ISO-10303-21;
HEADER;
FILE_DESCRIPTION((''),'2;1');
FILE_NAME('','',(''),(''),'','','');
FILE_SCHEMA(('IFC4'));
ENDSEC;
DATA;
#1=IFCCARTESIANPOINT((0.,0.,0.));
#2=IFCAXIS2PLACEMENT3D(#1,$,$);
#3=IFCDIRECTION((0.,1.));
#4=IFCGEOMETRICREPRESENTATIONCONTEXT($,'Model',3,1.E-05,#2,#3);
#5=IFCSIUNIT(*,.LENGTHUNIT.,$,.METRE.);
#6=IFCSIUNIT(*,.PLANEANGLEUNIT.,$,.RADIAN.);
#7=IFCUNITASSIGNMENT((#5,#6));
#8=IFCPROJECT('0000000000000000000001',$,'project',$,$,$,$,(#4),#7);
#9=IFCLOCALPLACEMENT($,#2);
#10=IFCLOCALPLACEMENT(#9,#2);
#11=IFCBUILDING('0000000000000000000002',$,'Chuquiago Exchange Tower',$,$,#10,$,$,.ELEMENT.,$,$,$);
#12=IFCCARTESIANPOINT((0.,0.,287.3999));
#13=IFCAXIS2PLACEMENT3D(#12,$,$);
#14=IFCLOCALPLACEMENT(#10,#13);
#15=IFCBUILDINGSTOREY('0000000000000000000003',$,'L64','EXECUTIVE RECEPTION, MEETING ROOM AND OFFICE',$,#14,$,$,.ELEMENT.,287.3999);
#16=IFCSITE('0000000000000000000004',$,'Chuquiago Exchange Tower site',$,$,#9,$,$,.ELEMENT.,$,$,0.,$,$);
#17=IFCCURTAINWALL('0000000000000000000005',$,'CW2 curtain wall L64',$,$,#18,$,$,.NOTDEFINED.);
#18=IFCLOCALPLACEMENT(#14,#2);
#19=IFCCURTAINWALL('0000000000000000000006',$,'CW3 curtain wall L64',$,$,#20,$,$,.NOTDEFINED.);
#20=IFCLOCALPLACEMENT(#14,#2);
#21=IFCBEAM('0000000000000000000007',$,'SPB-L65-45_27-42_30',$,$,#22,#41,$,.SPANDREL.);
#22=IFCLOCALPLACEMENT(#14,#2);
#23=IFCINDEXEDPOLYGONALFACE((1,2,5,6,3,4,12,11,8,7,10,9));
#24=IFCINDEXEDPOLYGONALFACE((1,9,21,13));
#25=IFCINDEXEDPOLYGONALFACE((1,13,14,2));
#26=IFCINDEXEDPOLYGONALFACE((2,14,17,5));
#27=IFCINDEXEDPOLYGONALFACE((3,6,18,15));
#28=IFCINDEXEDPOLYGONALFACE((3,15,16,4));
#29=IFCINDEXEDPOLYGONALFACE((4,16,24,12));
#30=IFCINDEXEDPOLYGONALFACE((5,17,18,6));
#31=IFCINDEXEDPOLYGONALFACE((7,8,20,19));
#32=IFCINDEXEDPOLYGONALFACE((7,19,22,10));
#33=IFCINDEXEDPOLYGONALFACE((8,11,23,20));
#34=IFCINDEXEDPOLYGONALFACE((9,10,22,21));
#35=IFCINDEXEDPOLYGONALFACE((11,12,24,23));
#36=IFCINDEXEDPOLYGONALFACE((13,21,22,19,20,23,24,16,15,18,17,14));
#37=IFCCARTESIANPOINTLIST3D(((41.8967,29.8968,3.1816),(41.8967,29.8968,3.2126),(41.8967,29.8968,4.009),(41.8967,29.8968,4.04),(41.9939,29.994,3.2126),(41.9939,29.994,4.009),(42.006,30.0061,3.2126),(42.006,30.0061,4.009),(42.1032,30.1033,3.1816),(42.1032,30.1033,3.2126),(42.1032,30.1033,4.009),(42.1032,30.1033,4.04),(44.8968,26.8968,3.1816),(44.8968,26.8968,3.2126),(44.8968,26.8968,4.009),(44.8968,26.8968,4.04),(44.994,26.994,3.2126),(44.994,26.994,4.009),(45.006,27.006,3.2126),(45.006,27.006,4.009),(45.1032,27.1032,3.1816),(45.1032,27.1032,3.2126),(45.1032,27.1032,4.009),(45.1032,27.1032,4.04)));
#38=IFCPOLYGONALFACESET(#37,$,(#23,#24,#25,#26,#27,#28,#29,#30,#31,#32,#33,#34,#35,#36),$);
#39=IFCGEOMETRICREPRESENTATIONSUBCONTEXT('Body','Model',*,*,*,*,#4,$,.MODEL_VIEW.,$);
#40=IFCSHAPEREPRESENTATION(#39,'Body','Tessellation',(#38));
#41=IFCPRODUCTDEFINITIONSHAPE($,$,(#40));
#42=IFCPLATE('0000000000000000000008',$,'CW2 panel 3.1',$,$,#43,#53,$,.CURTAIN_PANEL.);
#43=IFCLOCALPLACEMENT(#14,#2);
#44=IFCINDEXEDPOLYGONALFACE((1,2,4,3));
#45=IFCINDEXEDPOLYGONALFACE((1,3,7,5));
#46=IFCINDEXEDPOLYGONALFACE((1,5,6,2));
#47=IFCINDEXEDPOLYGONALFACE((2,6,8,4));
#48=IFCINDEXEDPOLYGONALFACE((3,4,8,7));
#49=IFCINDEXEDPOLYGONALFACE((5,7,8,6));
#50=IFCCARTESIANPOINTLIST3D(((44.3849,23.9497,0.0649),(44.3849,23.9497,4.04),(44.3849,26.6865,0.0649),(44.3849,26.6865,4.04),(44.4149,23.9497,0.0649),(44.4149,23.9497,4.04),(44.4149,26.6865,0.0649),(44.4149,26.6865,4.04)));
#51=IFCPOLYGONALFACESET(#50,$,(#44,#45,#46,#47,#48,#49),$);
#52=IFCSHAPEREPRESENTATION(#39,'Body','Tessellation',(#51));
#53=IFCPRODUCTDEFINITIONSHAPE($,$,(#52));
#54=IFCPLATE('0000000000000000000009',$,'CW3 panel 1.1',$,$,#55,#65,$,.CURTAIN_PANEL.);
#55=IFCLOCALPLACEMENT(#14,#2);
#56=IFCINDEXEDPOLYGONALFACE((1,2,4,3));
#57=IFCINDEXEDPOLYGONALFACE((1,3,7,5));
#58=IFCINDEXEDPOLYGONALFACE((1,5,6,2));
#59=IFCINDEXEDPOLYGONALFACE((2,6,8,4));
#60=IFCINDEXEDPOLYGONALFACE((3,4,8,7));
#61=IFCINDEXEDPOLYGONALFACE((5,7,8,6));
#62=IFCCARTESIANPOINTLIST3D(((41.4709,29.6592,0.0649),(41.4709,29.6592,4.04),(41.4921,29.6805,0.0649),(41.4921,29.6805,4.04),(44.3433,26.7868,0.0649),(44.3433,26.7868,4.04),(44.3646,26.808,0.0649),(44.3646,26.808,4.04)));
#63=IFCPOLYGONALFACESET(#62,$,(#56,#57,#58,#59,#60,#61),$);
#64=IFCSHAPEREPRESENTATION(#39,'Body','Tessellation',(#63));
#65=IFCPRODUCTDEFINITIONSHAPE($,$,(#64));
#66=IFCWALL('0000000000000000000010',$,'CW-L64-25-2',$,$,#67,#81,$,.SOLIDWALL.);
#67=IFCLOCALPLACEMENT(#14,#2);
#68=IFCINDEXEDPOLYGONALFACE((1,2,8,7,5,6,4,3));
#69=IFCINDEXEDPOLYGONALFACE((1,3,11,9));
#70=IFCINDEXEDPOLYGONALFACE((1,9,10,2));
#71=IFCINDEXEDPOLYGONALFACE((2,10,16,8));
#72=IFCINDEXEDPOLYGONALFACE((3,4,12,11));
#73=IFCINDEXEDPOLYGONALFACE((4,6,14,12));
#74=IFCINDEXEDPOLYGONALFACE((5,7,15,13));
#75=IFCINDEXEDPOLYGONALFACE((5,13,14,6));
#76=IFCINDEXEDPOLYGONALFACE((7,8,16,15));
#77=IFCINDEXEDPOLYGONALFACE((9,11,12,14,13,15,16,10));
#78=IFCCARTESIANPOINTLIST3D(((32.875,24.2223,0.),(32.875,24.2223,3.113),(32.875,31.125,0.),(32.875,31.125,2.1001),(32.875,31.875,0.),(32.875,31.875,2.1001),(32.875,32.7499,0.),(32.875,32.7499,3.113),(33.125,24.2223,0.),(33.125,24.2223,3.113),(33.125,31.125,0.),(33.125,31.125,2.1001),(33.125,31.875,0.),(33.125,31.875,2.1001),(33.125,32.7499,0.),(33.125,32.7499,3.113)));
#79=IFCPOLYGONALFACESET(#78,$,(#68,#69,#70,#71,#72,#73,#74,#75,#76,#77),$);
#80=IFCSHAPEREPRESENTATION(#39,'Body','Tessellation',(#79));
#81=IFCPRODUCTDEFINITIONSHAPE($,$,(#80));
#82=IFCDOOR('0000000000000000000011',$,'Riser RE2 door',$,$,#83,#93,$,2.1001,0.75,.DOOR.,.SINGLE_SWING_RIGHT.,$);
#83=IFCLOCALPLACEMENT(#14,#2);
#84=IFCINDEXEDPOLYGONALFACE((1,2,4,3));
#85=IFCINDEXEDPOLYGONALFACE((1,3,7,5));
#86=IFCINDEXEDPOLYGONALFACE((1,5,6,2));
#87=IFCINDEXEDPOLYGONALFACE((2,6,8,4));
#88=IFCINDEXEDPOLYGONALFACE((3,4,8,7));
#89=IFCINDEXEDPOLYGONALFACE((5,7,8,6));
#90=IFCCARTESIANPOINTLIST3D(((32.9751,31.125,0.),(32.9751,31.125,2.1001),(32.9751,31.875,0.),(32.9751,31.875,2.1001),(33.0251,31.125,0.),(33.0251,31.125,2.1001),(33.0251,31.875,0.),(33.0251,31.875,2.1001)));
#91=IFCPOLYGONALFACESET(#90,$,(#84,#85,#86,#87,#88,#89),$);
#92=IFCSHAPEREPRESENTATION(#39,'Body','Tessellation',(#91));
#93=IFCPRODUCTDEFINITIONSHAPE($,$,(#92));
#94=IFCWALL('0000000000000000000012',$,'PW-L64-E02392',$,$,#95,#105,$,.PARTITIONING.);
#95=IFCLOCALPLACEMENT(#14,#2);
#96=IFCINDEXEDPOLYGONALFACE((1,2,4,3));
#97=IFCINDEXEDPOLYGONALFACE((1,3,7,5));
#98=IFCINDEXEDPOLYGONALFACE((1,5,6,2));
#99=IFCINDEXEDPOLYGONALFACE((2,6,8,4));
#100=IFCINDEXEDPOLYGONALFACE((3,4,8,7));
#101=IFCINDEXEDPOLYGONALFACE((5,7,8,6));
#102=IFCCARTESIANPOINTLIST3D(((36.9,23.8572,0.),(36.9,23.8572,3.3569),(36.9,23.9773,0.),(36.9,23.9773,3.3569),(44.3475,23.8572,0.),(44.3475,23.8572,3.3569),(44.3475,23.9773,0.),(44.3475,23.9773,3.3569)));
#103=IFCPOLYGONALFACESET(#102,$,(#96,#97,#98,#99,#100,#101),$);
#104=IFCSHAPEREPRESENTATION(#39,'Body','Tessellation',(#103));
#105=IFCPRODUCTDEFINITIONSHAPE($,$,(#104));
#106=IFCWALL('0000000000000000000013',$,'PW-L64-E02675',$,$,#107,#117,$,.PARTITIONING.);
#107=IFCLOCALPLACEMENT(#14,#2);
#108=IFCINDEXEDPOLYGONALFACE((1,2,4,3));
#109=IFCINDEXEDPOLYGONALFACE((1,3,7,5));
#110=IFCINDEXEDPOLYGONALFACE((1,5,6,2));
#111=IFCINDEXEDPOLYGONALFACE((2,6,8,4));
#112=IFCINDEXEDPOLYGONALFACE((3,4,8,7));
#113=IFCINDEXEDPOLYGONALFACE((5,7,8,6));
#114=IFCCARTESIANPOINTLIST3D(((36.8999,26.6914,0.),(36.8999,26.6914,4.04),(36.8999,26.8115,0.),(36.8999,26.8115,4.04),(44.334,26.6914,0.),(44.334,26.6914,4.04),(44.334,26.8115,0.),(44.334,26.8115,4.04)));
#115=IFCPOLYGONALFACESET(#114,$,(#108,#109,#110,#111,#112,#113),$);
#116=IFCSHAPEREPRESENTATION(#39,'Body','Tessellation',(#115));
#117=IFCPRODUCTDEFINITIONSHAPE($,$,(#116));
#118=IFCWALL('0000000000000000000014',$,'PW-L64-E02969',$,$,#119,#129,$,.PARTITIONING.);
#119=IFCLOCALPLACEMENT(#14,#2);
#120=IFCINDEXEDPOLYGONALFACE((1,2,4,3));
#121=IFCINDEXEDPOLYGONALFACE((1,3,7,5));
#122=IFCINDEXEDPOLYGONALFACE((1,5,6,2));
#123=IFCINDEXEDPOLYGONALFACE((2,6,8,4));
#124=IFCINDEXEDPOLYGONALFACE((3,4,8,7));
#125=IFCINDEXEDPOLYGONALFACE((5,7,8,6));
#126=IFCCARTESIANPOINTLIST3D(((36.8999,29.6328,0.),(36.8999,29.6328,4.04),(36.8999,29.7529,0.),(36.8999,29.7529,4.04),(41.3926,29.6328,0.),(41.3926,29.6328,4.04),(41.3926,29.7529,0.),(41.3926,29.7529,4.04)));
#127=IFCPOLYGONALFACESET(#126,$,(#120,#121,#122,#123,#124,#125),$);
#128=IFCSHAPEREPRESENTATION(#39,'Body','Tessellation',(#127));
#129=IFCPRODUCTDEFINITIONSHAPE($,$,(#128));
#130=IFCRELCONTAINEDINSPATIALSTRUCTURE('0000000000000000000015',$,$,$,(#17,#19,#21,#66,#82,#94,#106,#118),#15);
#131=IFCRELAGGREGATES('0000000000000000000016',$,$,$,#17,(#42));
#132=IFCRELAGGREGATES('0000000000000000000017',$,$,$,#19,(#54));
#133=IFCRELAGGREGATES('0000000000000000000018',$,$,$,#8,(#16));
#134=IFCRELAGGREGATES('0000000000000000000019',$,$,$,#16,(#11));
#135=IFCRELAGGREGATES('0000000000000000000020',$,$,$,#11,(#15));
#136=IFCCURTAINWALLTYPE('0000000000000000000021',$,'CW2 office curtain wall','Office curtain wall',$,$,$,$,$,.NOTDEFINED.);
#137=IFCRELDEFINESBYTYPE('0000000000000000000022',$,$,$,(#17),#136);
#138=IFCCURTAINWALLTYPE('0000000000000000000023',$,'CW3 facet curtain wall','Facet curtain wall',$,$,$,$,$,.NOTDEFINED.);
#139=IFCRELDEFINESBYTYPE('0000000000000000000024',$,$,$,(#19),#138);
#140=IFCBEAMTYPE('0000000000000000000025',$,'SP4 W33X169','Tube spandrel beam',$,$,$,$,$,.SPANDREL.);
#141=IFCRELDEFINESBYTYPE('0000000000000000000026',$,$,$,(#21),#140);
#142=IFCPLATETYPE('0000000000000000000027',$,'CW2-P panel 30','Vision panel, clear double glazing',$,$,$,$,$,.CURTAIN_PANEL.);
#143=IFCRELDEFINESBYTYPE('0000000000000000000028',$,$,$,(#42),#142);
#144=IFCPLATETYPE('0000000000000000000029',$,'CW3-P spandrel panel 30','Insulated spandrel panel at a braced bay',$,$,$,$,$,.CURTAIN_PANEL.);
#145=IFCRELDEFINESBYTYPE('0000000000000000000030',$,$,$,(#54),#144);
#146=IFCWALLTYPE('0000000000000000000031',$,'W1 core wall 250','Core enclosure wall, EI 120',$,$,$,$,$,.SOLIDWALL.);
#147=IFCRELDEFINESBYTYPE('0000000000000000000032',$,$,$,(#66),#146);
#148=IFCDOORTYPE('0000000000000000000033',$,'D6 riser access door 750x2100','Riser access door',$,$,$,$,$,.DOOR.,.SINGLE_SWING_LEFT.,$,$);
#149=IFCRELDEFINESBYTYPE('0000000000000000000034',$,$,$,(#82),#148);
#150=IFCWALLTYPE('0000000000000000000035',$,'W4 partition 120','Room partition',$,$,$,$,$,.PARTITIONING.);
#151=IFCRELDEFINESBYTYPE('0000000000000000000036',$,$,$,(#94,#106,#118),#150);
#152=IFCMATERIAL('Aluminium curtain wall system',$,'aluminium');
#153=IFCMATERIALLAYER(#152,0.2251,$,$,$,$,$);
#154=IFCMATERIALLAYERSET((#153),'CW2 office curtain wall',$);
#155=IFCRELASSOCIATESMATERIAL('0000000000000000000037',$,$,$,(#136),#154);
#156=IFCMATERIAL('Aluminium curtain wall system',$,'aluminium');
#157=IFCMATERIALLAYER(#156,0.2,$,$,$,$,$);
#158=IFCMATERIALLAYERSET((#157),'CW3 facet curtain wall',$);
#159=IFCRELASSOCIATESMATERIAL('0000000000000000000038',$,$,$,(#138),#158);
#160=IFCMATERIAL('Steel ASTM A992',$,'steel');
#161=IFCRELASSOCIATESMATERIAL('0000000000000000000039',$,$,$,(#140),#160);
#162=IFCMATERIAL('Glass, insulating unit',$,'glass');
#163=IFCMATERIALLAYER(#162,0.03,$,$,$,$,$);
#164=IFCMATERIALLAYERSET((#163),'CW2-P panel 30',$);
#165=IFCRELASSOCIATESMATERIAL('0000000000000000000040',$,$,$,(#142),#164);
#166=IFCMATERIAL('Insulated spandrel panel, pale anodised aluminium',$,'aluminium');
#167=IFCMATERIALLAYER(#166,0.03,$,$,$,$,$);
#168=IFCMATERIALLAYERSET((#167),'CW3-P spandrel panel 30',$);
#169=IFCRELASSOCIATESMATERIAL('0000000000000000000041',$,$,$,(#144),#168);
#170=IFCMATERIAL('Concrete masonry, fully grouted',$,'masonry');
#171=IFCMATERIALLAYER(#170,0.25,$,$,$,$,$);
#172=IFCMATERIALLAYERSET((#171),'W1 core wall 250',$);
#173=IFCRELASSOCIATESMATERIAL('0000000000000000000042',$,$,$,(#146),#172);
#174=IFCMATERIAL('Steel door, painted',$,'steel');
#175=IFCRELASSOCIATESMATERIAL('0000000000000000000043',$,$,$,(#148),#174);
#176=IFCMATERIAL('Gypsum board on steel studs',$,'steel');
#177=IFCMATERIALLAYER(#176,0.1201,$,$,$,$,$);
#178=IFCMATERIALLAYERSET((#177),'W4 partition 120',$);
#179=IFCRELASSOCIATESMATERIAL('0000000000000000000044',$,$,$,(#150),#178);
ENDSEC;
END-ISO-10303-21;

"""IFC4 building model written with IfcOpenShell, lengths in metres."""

from ifc_helpers import new_model, si_unit, direction, frame, frame_2d, origin, origin_2d, place, context, subcontext, project, spatial, rectangle, i_section, extrude, material, layer, layer_set, material_profile, profile_set, type_object, element, fill, aggregate, save


model = new_model("IFC4")

# Units and contexts
model_context = context("Model", 3, precision=1e-05, world=origin(), true_north=direction((0.0, 1.0)))
body_context = subcontext(model_context, "Body", "Model", "MODEL_VIEW")
ifc_project = project(units=[si_unit("LENGTHUNIT", "METRE"), si_unit("PLANEANGLEUNIT", "RADIAN")], contexts=[model_context])

# Site, building, storey
site_placement = place(None, origin())
site = spatial("IfcSite", under=ifc_project, at=site_placement, Name="Chuquiago Exchange Tower site", CompositionType="ELEMENT", RefElevation=0.0)
building_placement = place(site_placement, origin())
building = spatial("IfcBuilding", under=site, at=building_placement, Name="Chuquiago Exchange Tower", CompositionType="ELEMENT")
storey_placement = place(building_placement, frame((0.0, 0.0, 287.3999)))
storey = spatial("IfcBuildingStorey", under=building, at=storey_placement, Name="L64", Description="EXECUTIVE RECEPTION, MEETING ROOM AND OFFICE", CompositionType="ELEMENT", Elevation=287.3999)

# Curtain walls
ifc_material_1 = material(Name="Aluminium curtain wall system", Category="aluminium")
ifc_layer_1 = layer(ifc_material_1, 0.2251)
ifc_layer_set_1 = layer_set([ifc_layer_1], Name="CW2 office curtain wall")
curtain_wall_type_1 = type_object("IfcCurtainWallType", Name="CW2 office curtain wall", Description="Office curtain wall", PredefinedType="NOTDEFINED", material=ifc_layer_set_1)
curtain_wall_1_placement = place(storey_placement, origin())
curtain_wall_1 = element("IfcCurtainWall", 1, at=curtain_wall_1_placement, inside=storey, type_object=curtain_wall_type_1, Name="CW2 curtain wall L64", PredefinedType="NOTDEFINED")
ifc_material_2 = material(Name="Aluminium curtain wall system", Category="aluminium")
ifc_layer_2 = layer(ifc_material_2, 0.2)
ifc_layer_set_2 = layer_set([ifc_layer_2], Name="CW3 facet curtain wall")
curtain_wall_type_2 = type_object("IfcCurtainWallType", Name="CW3 facet curtain wall", Description="Facet curtain wall", PredefinedType="NOTDEFINED", material=ifc_layer_set_2)
curtain_wall_2_placement = place(storey_placement, origin())
curtain_wall_2 = element("IfcCurtainWall", 2, at=curtain_wall_2_placement, inside=storey, type_object=curtain_wall_type_2, Name="CW3 curtain wall L64", PredefinedType="NOTDEFINED")

# Beam
ifc_material_3 = material(Name="Steel ASTM A992", Category="steel")
ifc_material_profile_1 = material_profile(ifc_material_3, i_section(OverallWidth=0.292, OverallDepth=0.8584, WebThickness=0.0171, FlangeThickness=0.031, at=origin_2d()), Name="W33X169")
ifc_profile_set_1 = profile_set([ifc_material_profile_1], Name="Steel ASTM A992")
beam_type_1 = type_object("IfcBeamType", Name="SP4 W33X169", Description="Tube spandrel beam", PredefinedType="SPANDREL", material=ifc_profile_set_1)
beam_1_placement = place(storey_placement, frame((45.0, 27.0, 3.6108), z_axis=(-0.707107, 0.707107, 0.0), x_axis=(-0.707107, -0.707107, 0.0)))
element("IfcBeam", 3, at=beam_1_placement, inside=storey, type_object=beam_type_1, Name="SPB-L65-45_27-42_30", PredefinedType="SPANDREL", context=body_context, shape_type="SweptSolid", body=[
    extrude(i_section(OverallWidth=0.292, OverallDepth=0.8584, WebThickness=0.0171, FlangeThickness=0.031, at=origin_2d()), origin(), (0.0, 0.0, 1.0), 4.2427),
])

# Plates
ifc_material_4 = material(Name="Glass, insulating unit", Category="glass")
ifc_layer_3 = layer(ifc_material_4, 0.03)
ifc_layer_set_3 = layer_set([ifc_layer_3], Name="CW2-P panel 30")
plate_type_1 = type_object("IfcPlateType", Name="CW2-P panel 30", Description="Vision panel, clear double glazing", PredefinedType="CURTAIN_PANEL", material=ifc_layer_set_3)
plate_1_placement = place(storey_placement, frame((44.3999, 25.3181, 0.0649), z_axis=(0.0, 0.0, 1.0), x_axis=(0.0, 1.0, 0.0)))
plate_1 = element("IfcPlate", 4, at=plate_1_placement, type_object=plate_type_1, Name="CW2 panel 3.1", PredefinedType="CURTAIN_PANEL", context=body_context, shape_type="SweptSolid", body=[
    extrude(rectangle(XDim=2.7368, YDim=0.03, at=origin_2d()), origin(), (0.0, 0.0, 1.0), 3.9751),
])
aggregate(curtain_wall_1, [plate_1])
ifc_material_5 = material(Name="Insulated spandrel panel, pale anodised aluminium", Category="aluminium")
ifc_layer_4 = layer(ifc_material_5, 0.03)
ifc_layer_set_4 = layer_set([ifc_layer_4], Name="CW3-P spandrel panel 30")
plate_type_2 = type_object("IfcPlateType", Name="CW3-P spandrel panel 30", Description="Insulated spandrel panel at a braced bay", PredefinedType="CURTAIN_PANEL", material=ifc_layer_set_4)
plate_2_placement = place(storey_placement, frame((42.9177, 28.2336, 0.0649), z_axis=(0.0, 0.0, 1.0), x_axis=(-0.707107, 0.707107, 0.0)))
plate_2 = element("IfcPlate", 5, at=plate_2_placement, type_object=plate_type_2, Name="CW3 panel 1.1", PredefinedType="CURTAIN_PANEL", context=body_context, shape_type="SweptSolid", body=[
    extrude(rectangle(XDim=4.0623, YDim=0.03, at=origin_2d()), origin(), (0.0, 0.0, 1.0), 3.9751),
])
aggregate(curtain_wall_2, [plate_2])

# Wall, opening, door
ifc_material_6 = material(Name="Concrete masonry, fully grouted", Category="masonry")
ifc_layer_5 = layer(ifc_material_6, 0.25)
ifc_layer_set_5 = layer_set([ifc_layer_5], Name="W1 core wall 250")
wall_type_1 = type_object("IfcWallType", Name="W1 core wall 250", Description="Core enclosure wall, EI 120", PredefinedType="SOLIDWALL", material=ifc_layer_set_5)
wall_1_placement = place(storey_placement, frame((33.0, 24.2224, 0.0), z_axis=(0.0, 0.0, 1.0), x_axis=(0.0, 1.0, 0.0)))
wall_1 = element("IfcWall", 6, at=wall_1_placement, inside=storey, type_object=wall_type_1, Name="CW-L64-25-2", PredefinedType="SOLIDWALL", context=body_context, shape_type="SweptSolid", body=[
    extrude(rectangle(XDim=8.5276, YDim=0.25, at=frame_2d((4.2637, 0.0))), origin(), (0.0, 0.0, 1.0), 3.113),
])
opening_1_placement = place(wall_1_placement, frame((6.9026, 0.0, 0.0)))
opening_1 = element("IfcOpeningElement", 7, at=opening_1_placement, cuts=wall_1, PredefinedType="OPENING", context=body_context, shape_type="SweptSolid", body=[
    extrude(rectangle(XDim=0.75, YDim=2.1001, at=frame_2d((0.375, 1.05))), frame((0.0, 0.135, 0.0), z_axis=(0.0, -1.0, 0.0), x_axis=(1.0, 0.0, 0.0)), (0.0, 0.0, 1.0), 0.27),
])
ifc_material_7 = material(Name="Steel door, painted", Category="steel")
door_type_1 = type_object("IfcDoorType", Name="D6 riser access door 750x2100", Description="Riser access door", OperationType="SINGLE_SWING_LEFT", PredefinedType="DOOR", material=ifc_material_7)
door_1_placement = place(opening_1_placement, origin())
door_1 = element("IfcDoor", 8, at=door_1_placement, inside=storey, type_object=door_type_1, Name="Riser RE2 door", OperationType="SINGLE_SWING_RIGHT", OverallHeight=2.1001, OverallWidth=0.75, PredefinedType="DOOR", context=body_context, shape_type="SweptSolid", body=[
    extrude(rectangle(XDim=0.75, YDim=2.1001, at=frame_2d((0.375, 1.05))), frame((0.0, 0.0249, 0.0), z_axis=(0.0, -1.0, 0.0), x_axis=(1.0, 0.0, 0.0)), (0.0, 0.0, 1.0), 0.05),
])
fill(opening_1, door_1)

# Walls
ifc_material_8 = material(Name="Gypsum board on steel studs", Category="steel")
ifc_layer_6 = layer(ifc_material_8, 0.1201)
ifc_layer_set_6 = layer_set([ifc_layer_6], Name="W4 partition 120")
wall_type_2 = type_object("IfcWallType", Name="W4 partition 120", Description="Room partition", PredefinedType="PARTITIONING", material=ifc_layer_set_6)
wall_2_placement = place(storey_placement, frame((44.3474, 23.9172, 0.0), z_axis=(0.0, 0.0, 1.0), x_axis=(-1.0, 0.0, 0.0)))
element("IfcWall", 9, at=wall_2_placement, inside=storey, type_object=wall_type_2, Name="PW-L64-E02392", PredefinedType="PARTITIONING", context=body_context, shape_type="SweptSolid", body=[
    extrude(rectangle(XDim=7.4475, YDim=0.1201, at=frame_2d((3.7236, 0.0))), origin(), (0.0, 0.0, 1.0), 3.3569),
])
wall_3_placement = place(storey_placement, frame((44.334, 26.7515, 0.0), z_axis=(0.0, 0.0, 1.0), x_axis=(-1.0, 0.0, 0.0)))
element("IfcWall", 10, at=wall_3_placement, inside=storey, type_object=wall_type_2, Name="PW-L64-E02675", PredefinedType="PARTITIONING", context=body_context, shape_type="SweptSolid", body=[
    extrude(rectangle(XDim=7.4341, YDim=0.1201, at=frame_2d((3.717, 0.0))), origin(), (0.0, 0.0, 1.0), 4.04),
])
wall_4_placement = place(storey_placement, frame((41.3926, 29.6929, 0.0), z_axis=(0.0, 0.0, 1.0), x_axis=(-1.0, 0.0, 0.0)))
element("IfcWall", 11, at=wall_4_placement, inside=storey, type_object=wall_type_2, Name="PW-L64-E02969", PredefinedType="PARTITIONING", context=body_context, shape_type="SweptSolid", body=[
    extrude(rectangle(XDim=4.4927, YDim=0.1201, at=frame_2d((2.2463, 0.0))), origin(), (0.0, 0.0, 1.0), 4.04),
])

save(model, "model.ifc")
